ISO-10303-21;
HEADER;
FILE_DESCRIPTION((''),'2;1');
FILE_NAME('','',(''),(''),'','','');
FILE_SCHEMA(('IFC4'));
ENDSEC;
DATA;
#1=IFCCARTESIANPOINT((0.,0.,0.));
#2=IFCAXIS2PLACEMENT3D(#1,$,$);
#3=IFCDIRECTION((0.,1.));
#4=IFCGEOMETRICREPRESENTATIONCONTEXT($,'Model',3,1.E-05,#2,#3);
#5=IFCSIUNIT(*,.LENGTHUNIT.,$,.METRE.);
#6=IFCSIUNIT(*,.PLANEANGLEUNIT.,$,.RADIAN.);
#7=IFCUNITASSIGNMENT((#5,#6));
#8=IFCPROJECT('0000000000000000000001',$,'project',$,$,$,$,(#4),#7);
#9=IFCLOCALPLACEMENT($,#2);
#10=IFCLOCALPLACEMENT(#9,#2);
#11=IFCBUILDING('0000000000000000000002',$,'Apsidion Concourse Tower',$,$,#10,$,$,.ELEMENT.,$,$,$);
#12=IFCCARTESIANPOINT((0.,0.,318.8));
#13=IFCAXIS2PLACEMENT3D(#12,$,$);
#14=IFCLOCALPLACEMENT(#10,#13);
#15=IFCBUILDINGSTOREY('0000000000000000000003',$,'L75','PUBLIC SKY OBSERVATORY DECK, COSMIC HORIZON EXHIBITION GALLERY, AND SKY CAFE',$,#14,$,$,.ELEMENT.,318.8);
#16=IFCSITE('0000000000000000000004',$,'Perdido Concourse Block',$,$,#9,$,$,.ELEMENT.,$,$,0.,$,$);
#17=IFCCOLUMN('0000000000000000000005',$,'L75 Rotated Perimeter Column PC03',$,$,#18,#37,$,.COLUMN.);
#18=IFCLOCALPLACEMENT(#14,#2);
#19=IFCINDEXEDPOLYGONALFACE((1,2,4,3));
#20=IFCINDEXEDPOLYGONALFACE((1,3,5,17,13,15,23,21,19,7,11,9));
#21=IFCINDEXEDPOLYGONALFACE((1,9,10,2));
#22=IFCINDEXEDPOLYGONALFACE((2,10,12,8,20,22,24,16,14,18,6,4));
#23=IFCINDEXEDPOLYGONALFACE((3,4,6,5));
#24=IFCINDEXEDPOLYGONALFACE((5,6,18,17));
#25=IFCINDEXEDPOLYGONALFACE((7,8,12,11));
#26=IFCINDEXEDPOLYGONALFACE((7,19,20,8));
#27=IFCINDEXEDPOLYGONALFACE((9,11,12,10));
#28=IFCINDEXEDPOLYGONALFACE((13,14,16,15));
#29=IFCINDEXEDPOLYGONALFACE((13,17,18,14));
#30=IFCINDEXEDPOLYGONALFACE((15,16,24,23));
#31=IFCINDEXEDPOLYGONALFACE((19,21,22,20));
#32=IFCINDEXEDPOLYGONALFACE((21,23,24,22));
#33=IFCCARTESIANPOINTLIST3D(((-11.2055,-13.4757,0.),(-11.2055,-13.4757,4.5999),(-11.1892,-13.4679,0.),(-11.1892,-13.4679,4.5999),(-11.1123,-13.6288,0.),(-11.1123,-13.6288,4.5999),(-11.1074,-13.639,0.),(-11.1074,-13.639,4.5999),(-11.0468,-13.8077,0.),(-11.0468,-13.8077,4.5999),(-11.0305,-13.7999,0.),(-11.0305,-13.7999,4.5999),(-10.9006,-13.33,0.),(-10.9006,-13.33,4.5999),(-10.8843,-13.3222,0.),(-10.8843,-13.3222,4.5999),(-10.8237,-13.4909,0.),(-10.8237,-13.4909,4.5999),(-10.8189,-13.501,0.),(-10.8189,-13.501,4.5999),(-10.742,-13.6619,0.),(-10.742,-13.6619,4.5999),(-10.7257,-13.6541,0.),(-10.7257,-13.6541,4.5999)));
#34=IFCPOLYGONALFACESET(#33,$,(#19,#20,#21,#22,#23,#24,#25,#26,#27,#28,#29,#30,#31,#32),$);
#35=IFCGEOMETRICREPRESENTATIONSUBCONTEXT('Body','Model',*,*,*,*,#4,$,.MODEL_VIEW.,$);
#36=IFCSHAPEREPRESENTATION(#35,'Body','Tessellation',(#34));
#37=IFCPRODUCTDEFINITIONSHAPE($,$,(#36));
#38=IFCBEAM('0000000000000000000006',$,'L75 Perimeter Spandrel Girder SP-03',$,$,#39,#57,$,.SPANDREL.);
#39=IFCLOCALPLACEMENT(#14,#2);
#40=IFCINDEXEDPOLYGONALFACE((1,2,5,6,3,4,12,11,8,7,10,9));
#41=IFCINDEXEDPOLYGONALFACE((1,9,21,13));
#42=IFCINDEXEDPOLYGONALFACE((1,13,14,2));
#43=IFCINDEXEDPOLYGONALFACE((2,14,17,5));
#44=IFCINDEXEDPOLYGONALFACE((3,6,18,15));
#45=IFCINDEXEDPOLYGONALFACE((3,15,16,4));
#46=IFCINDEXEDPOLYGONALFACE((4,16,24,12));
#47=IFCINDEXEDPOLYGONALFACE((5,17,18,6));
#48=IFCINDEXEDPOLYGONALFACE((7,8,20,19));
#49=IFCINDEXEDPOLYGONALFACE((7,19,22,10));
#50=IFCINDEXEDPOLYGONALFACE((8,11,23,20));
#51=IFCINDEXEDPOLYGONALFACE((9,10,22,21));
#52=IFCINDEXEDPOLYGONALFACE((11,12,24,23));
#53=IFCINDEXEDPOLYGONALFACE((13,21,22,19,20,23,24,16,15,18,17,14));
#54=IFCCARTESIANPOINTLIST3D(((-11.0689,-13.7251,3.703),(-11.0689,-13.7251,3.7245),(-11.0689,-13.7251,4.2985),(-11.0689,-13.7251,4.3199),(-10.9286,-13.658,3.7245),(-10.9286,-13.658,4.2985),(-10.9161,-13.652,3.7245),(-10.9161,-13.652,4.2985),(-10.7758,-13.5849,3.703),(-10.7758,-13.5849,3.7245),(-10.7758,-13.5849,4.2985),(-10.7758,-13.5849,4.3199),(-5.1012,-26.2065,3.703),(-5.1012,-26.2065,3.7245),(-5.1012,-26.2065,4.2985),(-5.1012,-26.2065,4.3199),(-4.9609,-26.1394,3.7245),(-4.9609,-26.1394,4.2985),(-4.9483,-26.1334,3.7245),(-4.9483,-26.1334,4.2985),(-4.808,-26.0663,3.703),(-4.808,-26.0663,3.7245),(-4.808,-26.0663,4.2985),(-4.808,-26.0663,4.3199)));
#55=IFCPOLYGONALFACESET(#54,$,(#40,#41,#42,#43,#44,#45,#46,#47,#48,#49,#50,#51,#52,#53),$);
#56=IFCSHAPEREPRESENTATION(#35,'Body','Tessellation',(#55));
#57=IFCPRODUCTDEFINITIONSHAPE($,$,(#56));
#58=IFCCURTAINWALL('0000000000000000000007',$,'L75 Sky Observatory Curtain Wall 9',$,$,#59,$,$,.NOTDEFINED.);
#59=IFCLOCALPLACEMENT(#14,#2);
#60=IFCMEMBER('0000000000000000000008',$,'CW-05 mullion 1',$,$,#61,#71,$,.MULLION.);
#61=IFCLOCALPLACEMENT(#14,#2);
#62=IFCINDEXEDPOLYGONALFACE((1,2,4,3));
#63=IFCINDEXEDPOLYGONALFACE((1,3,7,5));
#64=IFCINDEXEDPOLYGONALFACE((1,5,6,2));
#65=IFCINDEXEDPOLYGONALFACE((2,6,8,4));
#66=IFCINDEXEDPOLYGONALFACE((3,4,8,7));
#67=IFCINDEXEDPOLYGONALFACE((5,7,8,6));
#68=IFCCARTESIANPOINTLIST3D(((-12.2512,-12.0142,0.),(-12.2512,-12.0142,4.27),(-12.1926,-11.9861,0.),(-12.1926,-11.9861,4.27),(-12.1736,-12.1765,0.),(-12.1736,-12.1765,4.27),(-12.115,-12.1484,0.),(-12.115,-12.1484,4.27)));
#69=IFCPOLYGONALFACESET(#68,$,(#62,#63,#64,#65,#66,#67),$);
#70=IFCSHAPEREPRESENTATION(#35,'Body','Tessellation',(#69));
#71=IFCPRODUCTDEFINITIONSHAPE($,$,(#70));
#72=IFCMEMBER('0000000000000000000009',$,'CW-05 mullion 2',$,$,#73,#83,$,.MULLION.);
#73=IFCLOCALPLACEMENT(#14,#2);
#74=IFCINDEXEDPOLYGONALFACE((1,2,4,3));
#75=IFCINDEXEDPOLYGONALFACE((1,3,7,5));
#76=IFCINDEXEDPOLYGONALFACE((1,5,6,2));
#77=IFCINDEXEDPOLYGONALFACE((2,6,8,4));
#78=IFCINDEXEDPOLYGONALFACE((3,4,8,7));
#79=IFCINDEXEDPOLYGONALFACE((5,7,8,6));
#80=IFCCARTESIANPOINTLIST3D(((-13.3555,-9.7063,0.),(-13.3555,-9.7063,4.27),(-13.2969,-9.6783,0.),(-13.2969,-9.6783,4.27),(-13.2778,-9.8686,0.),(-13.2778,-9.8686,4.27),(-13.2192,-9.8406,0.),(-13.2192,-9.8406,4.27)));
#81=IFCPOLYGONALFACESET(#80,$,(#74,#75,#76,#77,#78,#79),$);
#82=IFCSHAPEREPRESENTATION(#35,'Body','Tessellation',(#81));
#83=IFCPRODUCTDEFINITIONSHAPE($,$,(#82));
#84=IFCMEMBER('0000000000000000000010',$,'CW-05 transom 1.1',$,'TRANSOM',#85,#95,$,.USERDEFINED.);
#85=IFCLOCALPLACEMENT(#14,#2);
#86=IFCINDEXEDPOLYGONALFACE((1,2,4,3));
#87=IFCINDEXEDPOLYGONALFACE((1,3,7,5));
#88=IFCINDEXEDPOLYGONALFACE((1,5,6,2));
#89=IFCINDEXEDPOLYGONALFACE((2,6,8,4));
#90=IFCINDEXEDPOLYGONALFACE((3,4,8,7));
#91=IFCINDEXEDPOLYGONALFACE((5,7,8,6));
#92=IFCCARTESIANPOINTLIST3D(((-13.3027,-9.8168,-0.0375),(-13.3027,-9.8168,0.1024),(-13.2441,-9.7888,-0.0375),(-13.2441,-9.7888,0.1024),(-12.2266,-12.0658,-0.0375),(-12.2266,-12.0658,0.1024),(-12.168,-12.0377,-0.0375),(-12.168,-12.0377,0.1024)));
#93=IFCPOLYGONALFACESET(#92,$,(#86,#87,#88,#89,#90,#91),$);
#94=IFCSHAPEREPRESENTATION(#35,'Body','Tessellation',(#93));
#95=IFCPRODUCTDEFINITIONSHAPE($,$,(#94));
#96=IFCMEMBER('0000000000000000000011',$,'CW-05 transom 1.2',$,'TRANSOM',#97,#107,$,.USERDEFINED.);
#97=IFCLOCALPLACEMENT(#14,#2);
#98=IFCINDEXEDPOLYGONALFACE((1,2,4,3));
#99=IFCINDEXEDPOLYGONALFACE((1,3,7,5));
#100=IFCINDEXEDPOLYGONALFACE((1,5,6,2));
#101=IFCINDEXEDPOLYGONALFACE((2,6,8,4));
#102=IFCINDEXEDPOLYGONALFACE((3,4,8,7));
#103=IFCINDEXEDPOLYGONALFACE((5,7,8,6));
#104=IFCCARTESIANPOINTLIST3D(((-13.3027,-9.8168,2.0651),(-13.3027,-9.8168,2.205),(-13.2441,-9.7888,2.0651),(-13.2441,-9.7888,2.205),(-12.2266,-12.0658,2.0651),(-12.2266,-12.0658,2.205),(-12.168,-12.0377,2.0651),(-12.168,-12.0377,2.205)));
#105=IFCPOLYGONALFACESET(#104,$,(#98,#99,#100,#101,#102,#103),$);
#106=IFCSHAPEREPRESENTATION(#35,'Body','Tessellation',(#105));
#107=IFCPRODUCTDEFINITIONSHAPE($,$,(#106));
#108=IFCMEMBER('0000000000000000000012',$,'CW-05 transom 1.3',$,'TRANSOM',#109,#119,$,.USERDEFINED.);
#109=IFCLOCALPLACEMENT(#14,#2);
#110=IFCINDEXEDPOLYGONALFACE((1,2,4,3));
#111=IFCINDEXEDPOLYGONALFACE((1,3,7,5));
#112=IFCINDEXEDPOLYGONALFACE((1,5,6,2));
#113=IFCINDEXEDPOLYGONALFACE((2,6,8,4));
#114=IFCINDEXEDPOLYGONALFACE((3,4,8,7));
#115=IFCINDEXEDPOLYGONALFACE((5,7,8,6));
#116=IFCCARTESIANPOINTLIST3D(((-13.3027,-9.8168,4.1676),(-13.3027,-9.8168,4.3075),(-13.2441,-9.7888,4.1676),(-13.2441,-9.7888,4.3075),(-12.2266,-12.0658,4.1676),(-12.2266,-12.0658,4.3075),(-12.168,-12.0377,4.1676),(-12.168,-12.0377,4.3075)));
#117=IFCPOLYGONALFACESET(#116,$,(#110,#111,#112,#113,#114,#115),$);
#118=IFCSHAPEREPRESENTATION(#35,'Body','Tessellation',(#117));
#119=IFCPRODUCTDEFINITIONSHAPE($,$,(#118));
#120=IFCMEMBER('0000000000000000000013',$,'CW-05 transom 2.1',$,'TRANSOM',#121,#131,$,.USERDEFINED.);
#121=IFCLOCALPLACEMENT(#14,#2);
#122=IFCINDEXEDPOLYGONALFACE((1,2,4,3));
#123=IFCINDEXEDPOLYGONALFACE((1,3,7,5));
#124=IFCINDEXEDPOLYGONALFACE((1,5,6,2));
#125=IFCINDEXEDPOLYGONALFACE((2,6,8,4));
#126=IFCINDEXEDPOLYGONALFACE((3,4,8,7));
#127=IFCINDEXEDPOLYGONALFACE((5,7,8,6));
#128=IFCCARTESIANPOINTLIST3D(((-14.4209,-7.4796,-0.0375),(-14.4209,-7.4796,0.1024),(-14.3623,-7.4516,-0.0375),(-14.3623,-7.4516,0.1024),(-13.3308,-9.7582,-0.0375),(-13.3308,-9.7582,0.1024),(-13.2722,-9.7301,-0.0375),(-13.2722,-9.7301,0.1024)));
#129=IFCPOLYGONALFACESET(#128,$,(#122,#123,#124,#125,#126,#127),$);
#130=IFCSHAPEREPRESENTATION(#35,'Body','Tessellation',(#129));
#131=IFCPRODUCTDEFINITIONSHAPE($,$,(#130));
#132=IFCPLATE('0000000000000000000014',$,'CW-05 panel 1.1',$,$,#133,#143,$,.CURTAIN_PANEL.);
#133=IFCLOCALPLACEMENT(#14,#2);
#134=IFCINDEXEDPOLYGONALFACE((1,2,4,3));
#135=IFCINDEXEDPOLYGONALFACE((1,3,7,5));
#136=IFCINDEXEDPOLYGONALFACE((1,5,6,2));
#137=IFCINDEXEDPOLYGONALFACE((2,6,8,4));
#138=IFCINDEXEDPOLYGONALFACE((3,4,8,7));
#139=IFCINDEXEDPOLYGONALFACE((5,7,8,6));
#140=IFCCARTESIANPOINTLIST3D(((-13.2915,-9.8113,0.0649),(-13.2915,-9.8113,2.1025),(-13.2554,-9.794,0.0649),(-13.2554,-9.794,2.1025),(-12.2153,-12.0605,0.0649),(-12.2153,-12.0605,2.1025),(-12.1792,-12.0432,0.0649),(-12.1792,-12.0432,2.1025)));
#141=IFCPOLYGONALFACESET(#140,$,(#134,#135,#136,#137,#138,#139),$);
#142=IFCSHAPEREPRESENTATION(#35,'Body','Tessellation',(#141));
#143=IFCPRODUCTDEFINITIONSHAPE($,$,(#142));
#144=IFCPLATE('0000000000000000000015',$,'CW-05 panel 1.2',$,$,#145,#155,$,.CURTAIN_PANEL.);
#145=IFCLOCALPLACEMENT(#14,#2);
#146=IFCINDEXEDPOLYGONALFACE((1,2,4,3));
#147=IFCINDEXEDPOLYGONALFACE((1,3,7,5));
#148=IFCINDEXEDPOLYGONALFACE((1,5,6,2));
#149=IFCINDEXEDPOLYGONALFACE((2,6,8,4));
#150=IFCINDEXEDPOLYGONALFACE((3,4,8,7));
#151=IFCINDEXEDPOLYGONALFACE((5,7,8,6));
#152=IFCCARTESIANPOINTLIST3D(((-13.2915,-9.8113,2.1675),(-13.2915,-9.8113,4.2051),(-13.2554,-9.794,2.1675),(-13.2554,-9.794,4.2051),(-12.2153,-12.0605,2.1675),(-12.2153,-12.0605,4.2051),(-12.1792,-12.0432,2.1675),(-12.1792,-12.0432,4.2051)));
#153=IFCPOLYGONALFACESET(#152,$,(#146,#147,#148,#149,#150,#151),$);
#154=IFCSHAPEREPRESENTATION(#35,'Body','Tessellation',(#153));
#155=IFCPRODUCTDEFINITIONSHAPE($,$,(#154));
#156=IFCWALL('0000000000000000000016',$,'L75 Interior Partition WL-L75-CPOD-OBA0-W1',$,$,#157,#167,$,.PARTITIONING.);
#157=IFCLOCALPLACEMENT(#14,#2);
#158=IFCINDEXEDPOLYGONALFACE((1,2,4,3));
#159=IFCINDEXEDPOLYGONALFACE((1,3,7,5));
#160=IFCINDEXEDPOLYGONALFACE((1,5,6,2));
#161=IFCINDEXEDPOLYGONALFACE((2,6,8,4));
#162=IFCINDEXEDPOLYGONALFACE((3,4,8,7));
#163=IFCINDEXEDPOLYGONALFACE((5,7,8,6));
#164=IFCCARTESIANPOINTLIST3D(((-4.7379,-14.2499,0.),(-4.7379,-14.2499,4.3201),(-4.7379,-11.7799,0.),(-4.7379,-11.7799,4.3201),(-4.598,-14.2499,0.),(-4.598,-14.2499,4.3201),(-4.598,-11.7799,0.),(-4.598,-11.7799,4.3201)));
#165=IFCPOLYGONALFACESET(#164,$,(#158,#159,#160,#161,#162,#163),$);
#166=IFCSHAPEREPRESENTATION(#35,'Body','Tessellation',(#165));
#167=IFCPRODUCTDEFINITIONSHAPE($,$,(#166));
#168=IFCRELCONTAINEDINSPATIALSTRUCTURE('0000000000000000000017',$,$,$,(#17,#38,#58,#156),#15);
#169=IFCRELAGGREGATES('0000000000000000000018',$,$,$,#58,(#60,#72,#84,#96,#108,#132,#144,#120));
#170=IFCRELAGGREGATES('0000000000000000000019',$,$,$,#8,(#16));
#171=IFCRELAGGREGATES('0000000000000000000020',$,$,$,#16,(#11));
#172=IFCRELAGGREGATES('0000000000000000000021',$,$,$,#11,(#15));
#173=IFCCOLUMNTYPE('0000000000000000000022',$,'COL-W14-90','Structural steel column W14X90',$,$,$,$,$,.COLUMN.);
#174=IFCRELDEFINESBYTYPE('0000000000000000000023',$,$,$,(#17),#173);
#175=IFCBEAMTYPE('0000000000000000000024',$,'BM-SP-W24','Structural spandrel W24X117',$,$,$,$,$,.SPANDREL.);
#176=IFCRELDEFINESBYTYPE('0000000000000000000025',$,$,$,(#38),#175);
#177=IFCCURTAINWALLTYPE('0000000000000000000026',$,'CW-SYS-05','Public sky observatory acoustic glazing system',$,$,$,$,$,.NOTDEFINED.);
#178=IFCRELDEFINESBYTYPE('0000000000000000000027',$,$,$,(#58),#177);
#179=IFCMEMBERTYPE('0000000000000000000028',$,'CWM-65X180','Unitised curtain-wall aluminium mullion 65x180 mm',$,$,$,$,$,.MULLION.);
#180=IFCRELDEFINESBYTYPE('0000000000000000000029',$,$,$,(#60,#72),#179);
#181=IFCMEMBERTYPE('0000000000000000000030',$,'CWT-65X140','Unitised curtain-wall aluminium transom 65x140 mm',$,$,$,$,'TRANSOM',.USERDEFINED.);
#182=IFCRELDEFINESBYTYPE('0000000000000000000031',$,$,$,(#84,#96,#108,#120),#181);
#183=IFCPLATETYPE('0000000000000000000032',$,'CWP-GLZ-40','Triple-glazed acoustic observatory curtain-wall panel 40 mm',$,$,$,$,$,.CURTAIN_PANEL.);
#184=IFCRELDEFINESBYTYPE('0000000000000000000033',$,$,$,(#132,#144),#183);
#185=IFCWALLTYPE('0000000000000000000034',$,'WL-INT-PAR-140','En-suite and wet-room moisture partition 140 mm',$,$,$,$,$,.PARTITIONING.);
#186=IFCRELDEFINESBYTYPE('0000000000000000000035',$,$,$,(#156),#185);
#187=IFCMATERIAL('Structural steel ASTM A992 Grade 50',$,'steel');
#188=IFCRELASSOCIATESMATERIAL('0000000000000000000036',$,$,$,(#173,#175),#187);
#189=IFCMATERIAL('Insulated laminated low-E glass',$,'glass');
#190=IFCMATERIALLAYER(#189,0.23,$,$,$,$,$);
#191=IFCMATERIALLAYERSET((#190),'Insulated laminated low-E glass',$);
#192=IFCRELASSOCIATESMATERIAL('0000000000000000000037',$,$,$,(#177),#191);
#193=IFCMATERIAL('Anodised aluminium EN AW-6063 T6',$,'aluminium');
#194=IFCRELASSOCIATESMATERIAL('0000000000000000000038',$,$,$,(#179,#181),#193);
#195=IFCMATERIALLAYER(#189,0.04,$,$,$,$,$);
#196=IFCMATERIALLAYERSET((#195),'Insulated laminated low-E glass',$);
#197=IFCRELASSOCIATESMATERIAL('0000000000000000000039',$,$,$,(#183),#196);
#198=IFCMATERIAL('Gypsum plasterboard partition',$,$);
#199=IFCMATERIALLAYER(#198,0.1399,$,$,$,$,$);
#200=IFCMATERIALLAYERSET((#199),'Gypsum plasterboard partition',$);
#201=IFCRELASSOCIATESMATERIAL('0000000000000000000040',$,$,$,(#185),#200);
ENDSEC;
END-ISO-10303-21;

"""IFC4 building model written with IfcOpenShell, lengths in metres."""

from ifc_helpers import new_model, si_unit, direction, frame, frame_2d, origin, origin_2d, place, context, subcontext, project, spatial, rectangle, i_section, extrude, material, layer, layer_set, material_profile, profile_set, type_object, element, aggregate, save


model = new_model("IFC4")

# Units and contexts
model_context = context("Model", 3, precision=1e-05, world=origin(), true_north=direction((0.0, 1.0)))
body_context = subcontext(model_context, "Body", "Model", "MODEL_VIEW")
ifc_project = project(units=[si_unit("LENGTHUNIT", "METRE"), si_unit("PLANEANGLEUNIT", "RADIAN")], contexts=[model_context])

# Site, building, storey
site_placement = place(None, origin())
site = spatial("IfcSite", under=ifc_project, at=site_placement, Name="Perdido Concourse Block", CompositionType="ELEMENT", RefElevation=0.0)
building_placement = place(site_placement, origin())
building = spatial("IfcBuilding", under=site, at=building_placement, Name="Apsidion Concourse Tower", CompositionType="ELEMENT")
storey_placement = place(building_placement, frame((0.0, 0.0, 318.8)))
storey = spatial("IfcBuildingStorey", under=building, at=storey_placement, Name="L75", Description="PUBLIC SKY OBSERVATORY DECK, COSMIC HORIZON EXHIBITION GALLERY, AND SKY CAFE", CompositionType="ELEMENT", Elevation=318.8)

# Column
ifc_material_1 = material(Name="Structural steel ASTM A992 Grade 50", Category="steel")
ifc_material_profile_1 = material_profile(ifc_material_1, i_section(OverallWidth=0.3679, OverallDepth=0.356, WebThickness=0.0112, FlangeThickness=0.0181, at=origin_2d()), Name="W14X90")
ifc_profile_set_1 = profile_set([ifc_material_profile_1], Name="Structural steel ASTM A992 Grade 50")
column_type = type_object("IfcColumnType", Name="COL-W14-90", Description="Structural steel column W14X90", PredefinedType="COLUMN", material=ifc_profile_set_1)
column_placement = place(storey_placement, frame((-10.9656, -13.5649, 0.0), z_axis=(0.0, 0.0, 1.0), x_axis=(-0.431299, 0.902209, 0.0)))
element("IfcColumn", 1, at=column_placement, inside=storey, type_object=column_type, Name="L75 Rotated Perimeter Column PC03", PredefinedType="COLUMN", context=body_context, shape_type="SweptSolid", body=[
    extrude(i_section(OverallWidth=0.3679, OverallDepth=0.356, WebThickness=0.0112, FlangeThickness=0.0181, at=origin_2d()), origin(), (0.0, 0.0, 1.0), 4.5999),
])

# Beam
ifc_material_profile_2 = material_profile(ifc_material_1, i_section(OverallWidth=0.325, OverallDepth=0.6169, WebThickness=0.0139, FlangeThickness=0.0215, at=origin_2d()), Name="W24X117")
ifc_profile_set_2 = profile_set([ifc_material_profile_2], Name="Structural steel ASTM A992 Grade 50")
beam_type = type_object("IfcBeamType", Name="BM-SP-W24", Description="Structural spandrel W24X117", PredefinedType="SPANDREL", material=ifc_profile_set_2)
beam_placement = place(storey_placement, frame((-10.9224, -13.655, 4.0115), z_axis=(0.431361, -0.90218, 0.0), x_axis=(0.90218, 0.431361, 0.0)))
element("IfcBeam", 2, at=beam_placement, inside=storey, type_object=beam_type, Name="L75 Perimeter Spandrel Girder SP-03", PredefinedType="SPANDREL", context=body_context, shape_type="SweptSolid", body=[
    extrude(i_section(OverallWidth=0.325, OverallDepth=0.6169, WebThickness=0.0139, FlangeThickness=0.0215, at=origin_2d()), origin(), (0.0, 0.0, 1.0), 13.8347),
])

# Curtain wall, members, plates
ifc_material_2 = material(Name="Insulated laminated low-E glass", Category="glass")
ifc_layer_1 = layer(ifc_material_2, 0.23)
ifc_layer_set_1 = layer_set([ifc_layer_1], Name="Insulated laminated low-E glass")
curtain_wall_type = type_object("IfcCurtainWallType", Name="CW-SYS-05", Description="Public sky observatory acoustic glazing system", PredefinedType="NOTDEFINED", material=ifc_layer_set_1)
curtain_wall_placement = place(storey_placement, origin())
curtain_wall = element("IfcCurtainWall", 3, at=curtain_wall_placement, inside=storey, type_object=curtain_wall_type, Name="L75 Sky Observatory Curtain Wall 9", PredefinedType="NOTDEFINED")
ifc_material_3 = material(Name="Anodised aluminium EN AW-6063 T6", Category="aluminium")
ifc_material_profile_3 = material_profile(ifc_material_3, rectangle(XDim=0.0649, YDim=0.1799, at=origin_2d()), Name="ALU MULLION 65x180")
ifc_profile_set_3 = profile_set([ifc_material_profile_3], Name="Anodised aluminium EN AW-6063 T6")
member_type_1 = type_object("IfcMemberType", Name="CWM-65X180", Description="Unitised curtain-wall aluminium mullion 65x180 mm", PredefinedType="MULLION", material=ifc_profile_set_3)
member_1_placement = place(storey_placement, frame((-12.1831, -12.0813, 0.0), z_axis=(0.0, 0.0, 1.0), x_axis=(-0.902068, -0.431595, 0.0)))
member_1 = element("IfcMember", 4, at=member_1_placement, type_object=member_type_1, Name="CW-05 mullion 1", PredefinedType="MULLION", context=body_context, shape_type="SweptSolid", body=[
    extrude(rectangle(XDim=0.0649, YDim=0.1799, at=origin_2d()), origin(), (0.0, 0.0, 1.0), 4.27),
])
member_2_placement = place(storey_placement, frame((-13.2874, -9.7734, 0.0), z_axis=(0.0, 0.0, 1.0), x_axis=(-0.902068, -0.431595, 0.0)))
member_2 = element("IfcMember", 5, at=member_2_placement, type_object=member_type_1, Name="CW-05 mullion 2", PredefinedType="MULLION", context=body_context, shape_type="SweptSolid", body=[
    extrude(rectangle(XDim=0.0649, YDim=0.1799, at=origin_2d()), origin(), (0.0, 0.0, 1.0), 4.27),
])
ifc_material_profile_4 = material_profile(ifc_material_3, rectangle(XDim=0.0649, YDim=0.1399, at=origin_2d()), Name="ALU TRANSOM 65x140")
ifc_profile_set_4 = profile_set([ifc_material_profile_4], Name="Anodised aluminium EN AW-6063 T6")
member_type_2 = type_object("IfcMemberType", Name="CWT-65X140", Description="Unitised curtain-wall aluminium transom 65x140 mm", ElementType="TRANSOM", PredefinedType="USERDEFINED", material=ifc_profile_set_4)
member_3_placement = place(storey_placement, frame((-12.1973, -12.0518, 0.0325), z_axis=(-0.431636, 0.902048, 0.0), x_axis=(-0.902048, -0.431636, 0.0)))
member_3 = element("IfcMember", 6, at=member_3_placement, type_object=member_type_2, Name="CW-05 transom 1.1", ObjectType="TRANSOM", PredefinedType="USERDEFINED", context=body_context, shape_type="SweptSolid", body=[
    extrude(rectangle(XDim=0.0649, YDim=0.1399, at=origin_2d()), origin(), (0.0, 0.0, 1.0), 2.4932),
])
member_4_placement = place(storey_placement, frame((-12.1973, -12.0518, 2.135), z_axis=(-0.431636, 0.902048, 0.0), x_axis=(-0.902048, -0.431636, 0.0)))
member_4 = element("IfcMember", 7, at=member_4_placement, type_object=member_type_2, Name="CW-05 transom 1.2", ObjectType="TRANSOM", PredefinedType="USERDEFINED", context=body_context, shape_type="SweptSolid", body=[
    extrude(rectangle(XDim=0.0649, YDim=0.1399, at=origin_2d()), origin(), (0.0, 0.0, 1.0), 2.4932),
])
member_5_placement = place(storey_placement, frame((-12.1973, -12.0518, 4.2375), z_axis=(-0.431636, 0.902048, 0.0), x_axis=(-0.902048, -0.431636, 0.0)))
member_5 = element("IfcMember", 8, at=member_5_placement, type_object=member_type_2, Name="CW-05 transom 1.3", ObjectType="TRANSOM", PredefinedType="USERDEFINED", context=body_context, shape_type="SweptSolid", body=[
    extrude(rectangle(XDim=0.0649, YDim=0.1399, at=origin_2d()), origin(), (0.0, 0.0, 1.0), 2.4932),
])
member_6_placement = place(storey_placement, frame((-13.3015, -9.7441, 0.0325), z_axis=(-0.431565, 0.902082, 0.0), x_axis=(-0.902082, -0.431565, 0.0)))
member_6 = element("IfcMember", 9, at=member_6_placement, type_object=member_type_2, Name="CW-05 transom 2.1", ObjectType="TRANSOM", PredefinedType="USERDEFINED", context=body_context, shape_type="SweptSolid", body=[
    extrude(rectangle(XDim=0.0649, YDim=0.1399, at=origin_2d()), origin(), (0.0, 0.0, 1.0), 2.5259),
])
ifc_layer_2 = layer(ifc_material_2, 0.04)
ifc_layer_set_2 = layer_set([ifc_layer_2], Name="Insulated laminated low-E glass")
plate_type = type_object("IfcPlateType", Name="CWP-GLZ-40", Description="Triple-glazed acoustic observatory curtain-wall panel 40 mm", PredefinedType="CURTAIN_PANEL", material=ifc_layer_set_2)
plate_1_placement = place(storey_placement, frame((-12.7354, -10.9272, 0.0649), z_axis=(0.0, 0.0, 1.0), x_axis=(-0.431595, 0.902068, 0.0)))
plate_1 = element("IfcPlate", 10, at=plate_1_placement, type_object=plate_type, Name="CW-05 panel 1.1", PredefinedType="CURTAIN_PANEL", context=body_context, shape_type="SweptSolid", body=[
    extrude(rectangle(XDim=2.4934, YDim=0.04, at=origin_2d()), origin(), (0.0, 0.0, 1.0), 2.0376),
])
plate_2_placement = place(storey_placement, frame((-12.7354, -10.9272, 2.1675), z_axis=(0.0, 0.0, 1.0), x_axis=(-0.431595, 0.902068, 0.0)))
plate_2 = element("IfcPlate", 11, at=plate_2_placement, type_object=plate_type, Name="CW-05 panel 1.2", PredefinedType="CURTAIN_PANEL", context=body_context, shape_type="SweptSolid", body=[
    extrude(rectangle(XDim=2.4934, YDim=0.04, at=origin_2d()), origin(), (0.0, 0.0, 1.0), 2.0376),
])
aggregate(curtain_wall, [member_1, member_2, member_3, member_4, member_5, plate_1, plate_2, member_6])

# Wall
ifc_material_4 = material(Name="Gypsum plasterboard partition")
ifc_layer_3 = layer(ifc_material_4, 0.1399)
ifc_layer_set_3 = layer_set([ifc_layer_3], Name="Gypsum plasterboard partition")
wall_type_1 = type_object("IfcWallType", Name="WL-INT-PAR-140", Description="En-suite and wet-room moisture partition 140 mm", PredefinedType="PARTITIONING", material=ifc_layer_set_3)
wall_1_placement = place(storey_placement, frame((-4.668, -11.78, 0.0), z_axis=(0.0, 0.0, 1.0), x_axis=(0.0, -1.0, 0.0)))
element("IfcWall", 12, at=wall_1_placement, inside=storey, type_object=wall_type_1, Name="L75 Interior Partition WL-L75-CPOD-OBA0-W1", PredefinedType="PARTITIONING", context=body_context, shape_type="SweptSolid", body=[
    extrude(rectangle(XDim=2.47, YDim=0.1399, at=frame_2d((1.2349, 0.0))), origin(), (0.0, 0.0, 1.0), 4.3201),
])

save(model, "model.ifc")
